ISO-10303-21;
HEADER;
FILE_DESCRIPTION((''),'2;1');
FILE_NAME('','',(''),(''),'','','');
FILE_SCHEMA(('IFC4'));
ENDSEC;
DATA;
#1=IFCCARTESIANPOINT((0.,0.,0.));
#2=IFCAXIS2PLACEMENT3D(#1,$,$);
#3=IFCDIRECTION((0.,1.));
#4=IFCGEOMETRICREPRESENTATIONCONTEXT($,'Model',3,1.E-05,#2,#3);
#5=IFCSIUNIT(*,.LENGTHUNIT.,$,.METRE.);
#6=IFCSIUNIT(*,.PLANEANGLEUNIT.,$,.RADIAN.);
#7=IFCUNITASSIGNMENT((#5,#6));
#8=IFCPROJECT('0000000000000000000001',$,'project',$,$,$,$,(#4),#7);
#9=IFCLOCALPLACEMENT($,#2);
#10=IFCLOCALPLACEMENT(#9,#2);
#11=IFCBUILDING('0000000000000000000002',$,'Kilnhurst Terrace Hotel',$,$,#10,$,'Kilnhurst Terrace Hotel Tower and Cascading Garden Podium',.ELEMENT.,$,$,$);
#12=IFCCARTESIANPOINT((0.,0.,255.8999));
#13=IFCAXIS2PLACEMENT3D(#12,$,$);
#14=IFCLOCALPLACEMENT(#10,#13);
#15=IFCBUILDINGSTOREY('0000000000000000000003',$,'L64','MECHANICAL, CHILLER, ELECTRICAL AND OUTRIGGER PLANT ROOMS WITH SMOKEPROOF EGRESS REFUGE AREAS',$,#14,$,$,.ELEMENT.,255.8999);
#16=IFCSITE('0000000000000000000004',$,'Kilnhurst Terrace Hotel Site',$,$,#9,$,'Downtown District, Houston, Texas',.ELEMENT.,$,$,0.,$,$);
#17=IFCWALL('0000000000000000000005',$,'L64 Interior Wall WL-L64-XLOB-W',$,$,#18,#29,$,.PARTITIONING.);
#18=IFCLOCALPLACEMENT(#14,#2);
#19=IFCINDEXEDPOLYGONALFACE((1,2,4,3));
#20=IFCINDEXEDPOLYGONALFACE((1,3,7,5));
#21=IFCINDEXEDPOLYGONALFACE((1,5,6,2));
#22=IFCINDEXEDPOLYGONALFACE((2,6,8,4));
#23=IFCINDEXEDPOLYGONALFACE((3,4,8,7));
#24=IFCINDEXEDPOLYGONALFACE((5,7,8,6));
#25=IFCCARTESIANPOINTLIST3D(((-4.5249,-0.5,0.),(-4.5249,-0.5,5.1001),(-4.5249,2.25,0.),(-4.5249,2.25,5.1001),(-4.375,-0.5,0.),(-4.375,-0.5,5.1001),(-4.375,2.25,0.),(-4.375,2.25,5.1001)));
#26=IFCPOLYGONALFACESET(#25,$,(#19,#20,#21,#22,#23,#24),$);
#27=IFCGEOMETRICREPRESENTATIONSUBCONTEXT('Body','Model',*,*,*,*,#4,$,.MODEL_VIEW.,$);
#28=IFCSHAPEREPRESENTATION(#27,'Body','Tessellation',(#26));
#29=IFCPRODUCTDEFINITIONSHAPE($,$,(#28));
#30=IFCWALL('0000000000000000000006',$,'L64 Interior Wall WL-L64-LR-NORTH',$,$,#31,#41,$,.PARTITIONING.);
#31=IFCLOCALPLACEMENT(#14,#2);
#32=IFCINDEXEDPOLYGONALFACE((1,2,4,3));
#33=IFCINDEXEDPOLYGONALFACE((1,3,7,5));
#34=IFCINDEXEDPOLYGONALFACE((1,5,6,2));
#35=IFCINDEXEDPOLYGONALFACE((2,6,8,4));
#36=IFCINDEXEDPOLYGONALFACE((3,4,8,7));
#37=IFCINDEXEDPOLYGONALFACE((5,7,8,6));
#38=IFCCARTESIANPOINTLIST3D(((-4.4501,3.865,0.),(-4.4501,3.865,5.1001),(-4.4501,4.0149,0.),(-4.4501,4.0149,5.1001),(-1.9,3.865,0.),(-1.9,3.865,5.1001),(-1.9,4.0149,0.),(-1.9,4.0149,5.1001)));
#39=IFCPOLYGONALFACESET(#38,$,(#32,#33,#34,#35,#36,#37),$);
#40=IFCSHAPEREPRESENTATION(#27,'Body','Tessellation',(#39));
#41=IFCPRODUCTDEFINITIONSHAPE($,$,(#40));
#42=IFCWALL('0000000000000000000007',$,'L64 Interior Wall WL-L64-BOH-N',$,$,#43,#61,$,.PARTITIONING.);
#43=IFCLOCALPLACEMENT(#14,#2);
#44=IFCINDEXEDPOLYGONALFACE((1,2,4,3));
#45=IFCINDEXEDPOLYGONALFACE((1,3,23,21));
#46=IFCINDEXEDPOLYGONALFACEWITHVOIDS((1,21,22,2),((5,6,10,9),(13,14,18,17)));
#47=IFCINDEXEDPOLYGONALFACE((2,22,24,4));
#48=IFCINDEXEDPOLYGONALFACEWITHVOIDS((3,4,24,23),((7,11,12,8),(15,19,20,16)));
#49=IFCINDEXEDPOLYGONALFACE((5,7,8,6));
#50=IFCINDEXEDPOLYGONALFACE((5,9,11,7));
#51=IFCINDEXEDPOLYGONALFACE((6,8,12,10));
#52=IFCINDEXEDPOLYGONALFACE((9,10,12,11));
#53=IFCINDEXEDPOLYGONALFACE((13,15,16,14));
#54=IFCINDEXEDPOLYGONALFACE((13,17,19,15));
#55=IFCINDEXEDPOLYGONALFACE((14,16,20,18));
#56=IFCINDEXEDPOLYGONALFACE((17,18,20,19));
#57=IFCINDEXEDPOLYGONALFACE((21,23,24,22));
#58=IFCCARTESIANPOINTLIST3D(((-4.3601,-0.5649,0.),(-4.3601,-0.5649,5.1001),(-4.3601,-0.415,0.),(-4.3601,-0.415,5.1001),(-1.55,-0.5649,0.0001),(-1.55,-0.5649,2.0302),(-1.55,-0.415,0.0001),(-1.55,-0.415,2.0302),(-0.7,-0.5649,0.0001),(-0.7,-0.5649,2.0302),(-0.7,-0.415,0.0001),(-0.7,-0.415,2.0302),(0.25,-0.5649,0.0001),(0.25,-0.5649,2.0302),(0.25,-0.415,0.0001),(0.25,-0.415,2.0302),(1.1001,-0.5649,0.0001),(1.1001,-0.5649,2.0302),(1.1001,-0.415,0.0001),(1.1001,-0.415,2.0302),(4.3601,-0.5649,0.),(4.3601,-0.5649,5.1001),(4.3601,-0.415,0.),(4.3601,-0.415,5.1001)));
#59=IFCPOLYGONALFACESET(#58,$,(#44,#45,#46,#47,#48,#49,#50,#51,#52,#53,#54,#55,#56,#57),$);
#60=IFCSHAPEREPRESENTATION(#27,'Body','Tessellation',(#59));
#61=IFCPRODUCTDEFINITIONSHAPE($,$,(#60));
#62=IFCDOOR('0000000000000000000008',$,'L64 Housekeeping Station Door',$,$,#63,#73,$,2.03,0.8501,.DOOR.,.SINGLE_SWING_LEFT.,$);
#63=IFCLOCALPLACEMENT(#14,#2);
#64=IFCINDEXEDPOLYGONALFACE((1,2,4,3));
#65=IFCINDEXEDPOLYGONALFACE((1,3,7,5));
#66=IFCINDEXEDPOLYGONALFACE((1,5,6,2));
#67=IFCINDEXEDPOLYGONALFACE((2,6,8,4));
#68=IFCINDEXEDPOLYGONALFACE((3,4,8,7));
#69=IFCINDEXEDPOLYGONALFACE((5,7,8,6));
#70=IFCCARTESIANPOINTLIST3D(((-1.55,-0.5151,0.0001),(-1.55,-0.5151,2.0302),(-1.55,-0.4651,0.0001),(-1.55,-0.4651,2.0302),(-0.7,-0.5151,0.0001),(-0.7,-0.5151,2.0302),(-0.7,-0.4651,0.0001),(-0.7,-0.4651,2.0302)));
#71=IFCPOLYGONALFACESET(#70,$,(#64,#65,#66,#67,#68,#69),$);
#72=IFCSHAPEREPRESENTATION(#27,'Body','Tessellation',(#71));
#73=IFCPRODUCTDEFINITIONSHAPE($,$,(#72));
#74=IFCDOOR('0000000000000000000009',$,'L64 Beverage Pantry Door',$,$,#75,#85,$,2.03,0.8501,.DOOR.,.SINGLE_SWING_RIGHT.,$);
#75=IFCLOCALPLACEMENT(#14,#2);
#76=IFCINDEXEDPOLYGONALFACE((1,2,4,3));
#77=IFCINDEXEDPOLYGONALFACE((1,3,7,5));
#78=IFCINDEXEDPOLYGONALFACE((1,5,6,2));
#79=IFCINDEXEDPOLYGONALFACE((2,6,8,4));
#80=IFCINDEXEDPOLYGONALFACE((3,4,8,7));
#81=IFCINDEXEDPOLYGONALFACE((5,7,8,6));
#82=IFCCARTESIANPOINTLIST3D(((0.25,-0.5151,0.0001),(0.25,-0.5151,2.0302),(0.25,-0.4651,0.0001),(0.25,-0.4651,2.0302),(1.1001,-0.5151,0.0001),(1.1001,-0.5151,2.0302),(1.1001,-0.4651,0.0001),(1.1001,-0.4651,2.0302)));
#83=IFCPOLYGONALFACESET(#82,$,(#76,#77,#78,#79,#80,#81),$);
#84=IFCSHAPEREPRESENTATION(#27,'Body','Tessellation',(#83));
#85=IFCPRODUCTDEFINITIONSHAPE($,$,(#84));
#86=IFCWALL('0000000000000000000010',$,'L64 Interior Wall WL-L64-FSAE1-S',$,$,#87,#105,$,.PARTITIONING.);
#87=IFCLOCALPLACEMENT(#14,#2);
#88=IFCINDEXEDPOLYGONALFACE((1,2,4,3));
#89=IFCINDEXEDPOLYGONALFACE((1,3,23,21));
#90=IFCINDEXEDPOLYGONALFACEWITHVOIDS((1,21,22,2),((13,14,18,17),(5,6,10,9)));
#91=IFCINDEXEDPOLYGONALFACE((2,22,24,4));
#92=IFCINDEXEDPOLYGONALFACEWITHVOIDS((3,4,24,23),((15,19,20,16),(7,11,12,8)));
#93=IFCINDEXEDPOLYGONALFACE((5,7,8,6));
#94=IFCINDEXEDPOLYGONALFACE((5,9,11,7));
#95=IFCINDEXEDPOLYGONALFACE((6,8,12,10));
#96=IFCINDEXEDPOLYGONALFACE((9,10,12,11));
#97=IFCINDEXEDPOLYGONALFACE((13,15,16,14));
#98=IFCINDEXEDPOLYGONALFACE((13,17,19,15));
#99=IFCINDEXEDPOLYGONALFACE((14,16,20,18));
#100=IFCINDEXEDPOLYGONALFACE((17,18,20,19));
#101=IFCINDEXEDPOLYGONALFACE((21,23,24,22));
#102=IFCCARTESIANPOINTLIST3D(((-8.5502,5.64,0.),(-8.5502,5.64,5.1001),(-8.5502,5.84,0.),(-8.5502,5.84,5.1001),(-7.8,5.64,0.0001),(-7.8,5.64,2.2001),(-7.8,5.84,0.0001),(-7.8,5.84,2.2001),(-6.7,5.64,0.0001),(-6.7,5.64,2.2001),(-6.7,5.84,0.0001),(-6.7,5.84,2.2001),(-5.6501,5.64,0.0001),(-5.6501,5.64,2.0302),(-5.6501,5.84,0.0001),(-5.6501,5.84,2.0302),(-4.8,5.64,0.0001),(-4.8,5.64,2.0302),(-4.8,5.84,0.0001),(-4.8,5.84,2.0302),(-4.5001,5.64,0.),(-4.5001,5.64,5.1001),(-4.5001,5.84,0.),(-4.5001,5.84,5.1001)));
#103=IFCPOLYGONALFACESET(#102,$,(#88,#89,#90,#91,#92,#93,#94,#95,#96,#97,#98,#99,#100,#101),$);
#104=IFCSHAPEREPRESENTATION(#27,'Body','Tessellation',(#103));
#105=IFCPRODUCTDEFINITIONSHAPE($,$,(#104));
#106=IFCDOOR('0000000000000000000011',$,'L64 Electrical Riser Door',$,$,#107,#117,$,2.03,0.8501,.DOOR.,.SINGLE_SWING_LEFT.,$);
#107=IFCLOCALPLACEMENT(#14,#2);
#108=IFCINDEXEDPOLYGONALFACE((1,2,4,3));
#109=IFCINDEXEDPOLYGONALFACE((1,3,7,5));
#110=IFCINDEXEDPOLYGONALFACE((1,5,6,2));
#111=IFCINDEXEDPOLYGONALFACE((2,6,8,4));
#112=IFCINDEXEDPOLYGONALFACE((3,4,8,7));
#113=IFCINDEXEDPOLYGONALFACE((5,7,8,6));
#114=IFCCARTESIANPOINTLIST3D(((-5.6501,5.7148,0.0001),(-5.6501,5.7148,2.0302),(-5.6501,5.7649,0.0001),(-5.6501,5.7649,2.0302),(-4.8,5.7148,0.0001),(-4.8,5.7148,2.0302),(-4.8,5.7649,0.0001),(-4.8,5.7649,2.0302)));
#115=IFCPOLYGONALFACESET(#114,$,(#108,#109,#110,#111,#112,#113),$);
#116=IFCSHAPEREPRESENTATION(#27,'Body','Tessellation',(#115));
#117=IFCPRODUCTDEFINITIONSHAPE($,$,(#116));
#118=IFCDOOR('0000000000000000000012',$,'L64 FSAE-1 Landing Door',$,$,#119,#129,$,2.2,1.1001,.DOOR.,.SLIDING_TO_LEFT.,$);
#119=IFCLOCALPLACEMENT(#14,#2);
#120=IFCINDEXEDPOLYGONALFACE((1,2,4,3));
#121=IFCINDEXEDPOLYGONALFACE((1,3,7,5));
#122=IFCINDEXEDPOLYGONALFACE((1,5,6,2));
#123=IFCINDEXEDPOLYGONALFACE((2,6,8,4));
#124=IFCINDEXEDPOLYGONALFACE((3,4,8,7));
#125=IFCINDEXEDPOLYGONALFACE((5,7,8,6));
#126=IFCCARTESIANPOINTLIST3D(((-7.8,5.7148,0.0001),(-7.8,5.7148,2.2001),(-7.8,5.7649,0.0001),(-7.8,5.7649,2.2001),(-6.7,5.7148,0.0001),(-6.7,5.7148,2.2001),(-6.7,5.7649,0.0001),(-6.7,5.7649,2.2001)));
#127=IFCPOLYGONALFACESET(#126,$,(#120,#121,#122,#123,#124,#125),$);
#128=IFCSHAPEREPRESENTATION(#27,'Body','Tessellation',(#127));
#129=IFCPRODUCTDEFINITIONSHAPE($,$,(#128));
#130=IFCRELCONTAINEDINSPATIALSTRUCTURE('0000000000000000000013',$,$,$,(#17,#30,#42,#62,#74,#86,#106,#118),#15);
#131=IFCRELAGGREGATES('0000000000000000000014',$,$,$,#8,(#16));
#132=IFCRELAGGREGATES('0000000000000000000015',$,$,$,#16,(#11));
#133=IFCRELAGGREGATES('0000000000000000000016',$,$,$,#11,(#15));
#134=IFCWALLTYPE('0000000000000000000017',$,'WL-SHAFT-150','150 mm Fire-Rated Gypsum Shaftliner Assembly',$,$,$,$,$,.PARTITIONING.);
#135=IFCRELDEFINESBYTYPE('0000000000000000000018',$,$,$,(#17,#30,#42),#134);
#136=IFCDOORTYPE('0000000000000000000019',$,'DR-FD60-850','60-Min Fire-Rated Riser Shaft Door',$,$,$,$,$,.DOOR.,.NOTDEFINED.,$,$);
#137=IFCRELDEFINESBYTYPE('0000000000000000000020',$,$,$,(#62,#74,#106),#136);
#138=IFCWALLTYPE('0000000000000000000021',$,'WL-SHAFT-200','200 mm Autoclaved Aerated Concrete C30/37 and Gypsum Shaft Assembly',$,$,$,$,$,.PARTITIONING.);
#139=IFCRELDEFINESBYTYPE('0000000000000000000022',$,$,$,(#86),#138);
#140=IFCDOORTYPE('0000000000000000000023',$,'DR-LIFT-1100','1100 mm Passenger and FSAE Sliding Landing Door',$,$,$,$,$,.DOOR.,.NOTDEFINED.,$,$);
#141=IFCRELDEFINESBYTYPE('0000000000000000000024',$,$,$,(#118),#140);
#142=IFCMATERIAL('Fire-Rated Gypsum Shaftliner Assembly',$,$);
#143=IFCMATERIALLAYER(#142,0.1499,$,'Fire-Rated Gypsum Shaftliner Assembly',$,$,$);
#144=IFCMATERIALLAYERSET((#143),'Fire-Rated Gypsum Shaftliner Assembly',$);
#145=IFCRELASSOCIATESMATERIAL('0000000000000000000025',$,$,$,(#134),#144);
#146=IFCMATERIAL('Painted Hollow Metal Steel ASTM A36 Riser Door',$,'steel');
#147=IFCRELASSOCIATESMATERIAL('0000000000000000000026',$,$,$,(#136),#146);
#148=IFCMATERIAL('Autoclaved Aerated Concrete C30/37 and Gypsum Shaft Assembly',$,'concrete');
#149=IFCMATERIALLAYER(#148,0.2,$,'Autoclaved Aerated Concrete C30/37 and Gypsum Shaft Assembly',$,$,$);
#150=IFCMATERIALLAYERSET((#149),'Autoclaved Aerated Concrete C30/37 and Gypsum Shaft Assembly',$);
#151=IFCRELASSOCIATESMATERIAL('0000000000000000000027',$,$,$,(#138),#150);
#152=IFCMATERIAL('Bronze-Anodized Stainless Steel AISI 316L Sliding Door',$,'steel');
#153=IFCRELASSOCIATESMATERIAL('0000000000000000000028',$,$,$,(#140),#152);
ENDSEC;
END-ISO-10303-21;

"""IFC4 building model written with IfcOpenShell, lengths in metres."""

from ifc_helpers import new_model, si_unit, direction, frame, frame_2d, origin, place, context, subcontext, project, spatial, rectangle, extrude, material, layer, layer_set, type_object, element, fill, save


model = new_model("IFC4")

# Units and contexts
model_context = context("Model", 3, precision=1e-05, world=origin(), true_north=direction((0.0, 1.0)))
body_context = subcontext(model_context, "Body", "Model", "MODEL_VIEW")
ifc_project = project(units=[si_unit("LENGTHUNIT", "METRE"), si_unit("PLANEANGLEUNIT", "RADIAN")], contexts=[model_context])

# Site, building, storey
site_placement = place(None, origin())
site = spatial("IfcSite", under=ifc_project, at=site_placement, Name="Kilnhurst Terrace Hotel Site", LongName="Downtown District, Houston, Texas", CompositionType="ELEMENT", RefElevation=0.0)
building_placement = place(site_placement, origin())
building = spatial("IfcBuilding", under=site, at=building_placement, Name="Kilnhurst Terrace Hotel", LongName="Kilnhurst Terrace Hotel Tower and Cascading Garden Podium", CompositionType="ELEMENT")
storey_placement = place(building_placement, frame((0.0, 0.0, 255.8999)))
storey = spatial("IfcBuildingStorey", under=building, at=storey_placement, Name="L64", Description="MECHANICAL, CHILLER, ELECTRICAL AND OUTRIGGER PLANT ROOMS WITH SMOKEPROOF EGRESS REFUGE AREAS", CompositionType="ELEMENT", Elevation=255.8999)

# Walls
ifc_material_1 = material(Name="Fire-Rated Gypsum Shaftliner Assembly")
ifc_layer_1 = layer(ifc_material_1, 0.1499, Name="Fire-Rated Gypsum Shaftliner Assembly")
ifc_layer_set_1 = layer_set([ifc_layer_1], Name="Fire-Rated Gypsum Shaftliner Assembly")
wall_type_1 = type_object("IfcWallType", Name="WL-SHAFT-150", Description="150 mm Fire-Rated Gypsum Shaftliner Assembly", PredefinedType="PARTITIONING", material=ifc_layer_set_1)
wall_1_placement = place(storey_placement, frame((-4.45, -0.5, 0.0), z_axis=(0.0, 0.0, 1.0), x_axis=(0.0, 1.0, 0.0)))
element("IfcWall", 1, at=wall_1_placement, inside=storey, type_object=wall_type_1, Name="L64 Interior Wall WL-L64-XLOB-W", PredefinedType="PARTITIONING", context=body_context, shape_type="SweptSolid", body=[
    extrude(rectangle(XDim=2.75, YDim=0.1499, at=frame_2d((1.375, 0.0))), origin(), (0.0, 0.0, 1.0), 5.1001),
])
wall_2_placement = place(storey_placement, frame((-4.45, 3.9399, 0.0), z_axis=(0.0, 0.0, 1.0), x_axis=(1.0, 0.0, 0.0)))
element("IfcWall", 2, at=wall_2_placement, inside=storey, type_object=wall_type_1, Name="L64 Interior Wall WL-L64-LR-NORTH", PredefinedType="PARTITIONING", context=body_context, shape_type="SweptSolid", body=[
    extrude(rectangle(XDim=2.55, YDim=0.1499, at=frame_2d((1.2749, 0.0))), origin(), (0.0, 0.0, 1.0), 5.1001),
])

# Walls, openings, doors
wall_3_placement = place(storey_placement, frame((-4.3601, -0.49, 0.0), z_axis=(0.0, 0.0, 1.0), x_axis=(1.0, 0.0, 0.0)))
wall_3 = element("IfcWall", 3, at=wall_3_placement, inside=storey, type_object=wall_type_1, Name="L64 Interior Wall WL-L64-BOH-N", PredefinedType="PARTITIONING", context=body_context, shape_type="SweptSolid", body=[
    extrude(rectangle(XDim=8.7202, YDim=0.1499, at=frame_2d((4.3601, 0.0))), origin(), (0.0, 0.0, 1.0), 5.1001),
])
opening_1_placement = place(wall_3_placement, frame((2.8101, 0.0, 0.0)))
opening_1 = element("IfcOpeningElement", 4, at=opening_1_placement, cuts=wall_3, PredefinedType="OPENING", context=body_context, shape_type="SweptSolid", body=[
    extrude(rectangle(XDim=0.8501, YDim=2.03, at=frame_2d((0.425, 1.0151))), frame((0.0, 0.085, 0.0), z_axis=(0.0, -1.0, 0.0), x_axis=(1.0, 0.0, 0.0)), (0.0, 0.0, 1.0), 0.1699),
])
opening_2_placement = place(wall_3_placement, frame((4.6101, 0.0, 0.0)))
opening_2 = element("IfcOpeningElement", 5, at=opening_2_placement, cuts=wall_3, PredefinedType="OPENING", context=body_context, shape_type="SweptSolid", body=[
    extrude(rectangle(XDim=0.8501, YDim=2.03, at=frame_2d((0.425, 1.0151))), frame((0.0, 0.085, 0.0), z_axis=(0.0, -1.0, 0.0), x_axis=(1.0, 0.0, 0.0)), (0.0, 0.0, 1.0), 0.1699),
])
ifc_material_2 = material(Name="Painted Hollow Metal Steel ASTM A36 Riser Door", Category="steel")
door_type_1 = type_object("IfcDoorType", Name="DR-FD60-850", Description="60-Min Fire-Rated Riser Shaft Door", OperationType="NOTDEFINED", PredefinedType="DOOR", material=ifc_material_2)
door_1_placement = place(opening_1_placement, origin())
door_1 = element("IfcDoor", 6, at=door_1_placement, inside=storey, type_object=door_type_1, Name="L64 Housekeeping Station Door", OperationType="SINGLE_SWING_LEFT", OverallHeight=2.03, OverallWidth=0.8501, PredefinedType="DOOR", context=body_context, shape_type="SweptSolid", body=[
    extrude(rectangle(XDim=0.8501, YDim=2.03, at=frame_2d((0.425, 1.0151))), frame((0.0, 0.0249, 0.0), z_axis=(0.0, -1.0, 0.0), x_axis=(1.0, 0.0, 0.0)), (0.0, 0.0, 1.0), 0.05),
])
fill(opening_1, door_1)
door_2_placement = place(opening_2_placement, origin())
door_2 = element("IfcDoor", 7, at=door_2_placement, inside=storey, type_object=door_type_1, Name="L64 Beverage Pantry Door", OperationType="SINGLE_SWING_RIGHT", OverallHeight=2.03, OverallWidth=0.8501, PredefinedType="DOOR", context=body_context, shape_type="SweptSolid", body=[
    extrude(rectangle(XDim=0.8501, YDim=2.03, at=frame_2d((0.425, 1.0151))), frame((0.0, 0.0249, 0.0), z_axis=(0.0, -1.0, 0.0), x_axis=(1.0, 0.0, 0.0)), (0.0, 0.0, 1.0), 0.05),
])
fill(opening_2, door_2)
ifc_material_3 = material(Name="Autoclaved Aerated Concrete C30/37 and Gypsum Shaft Assembly", Category="concrete")
ifc_layer_2 = layer(ifc_material_3, 0.2, Name="Autoclaved Aerated Concrete C30/37 and Gypsum Shaft Assembly")
ifc_layer_set_2 = layer_set([ifc_layer_2], Name="Autoclaved Aerated Concrete C30/37 and Gypsum Shaft Assembly")
wall_type_2 = type_object("IfcWallType", Name="WL-SHAFT-200", Description="200 mm Autoclaved Aerated Concrete C30/37 and Gypsum Shaft Assembly", PredefinedType="PARTITIONING", material=ifc_layer_set_2)
wall_4_placement = place(storey_placement, frame((-8.55, 5.74, 0.0), z_axis=(0.0, 0.0, 1.0), x_axis=(1.0, 0.0, 0.0)))
wall_4 = element("IfcWall", 8, at=wall_4_placement, inside=storey, type_object=wall_type_2, Name="L64 Interior Wall WL-L64-FSAE1-S", PredefinedType="PARTITIONING", context=body_context, shape_type="SweptSolid", body=[
    extrude(rectangle(XDim=4.05, YDim=0.2, at=frame_2d((2.0249, 0.0))), origin(), (0.0, 0.0, 1.0), 5.1001),
])
opening_3_placement = place(wall_4_placement, frame((0.75, 0.0, 0.0)))
opening_3 = element("IfcOpeningElement", 9, at=opening_3_placement, cuts=wall_4, PredefinedType="OPENING", context=body_context, shape_type="SweptSolid", body=[
    extrude(rectangle(XDim=1.1001, YDim=2.2, at=frame_2d((0.55, 1.1001))), frame((0.0, 0.1099, 0.0), z_axis=(0.0, -1.0, 0.0), x_axis=(1.0, 0.0, 0.0)), (0.0, 0.0, 1.0), 0.22),
])
opening_4_placement = place(wall_4_placement, frame((2.8999, 0.0, 0.0)))
opening_4 = element("IfcOpeningElement", 10, at=opening_4_placement, cuts=wall_4, PredefinedType="OPENING", context=body_context, shape_type="SweptSolid", body=[
    extrude(rectangle(XDim=0.8501, YDim=2.03, at=frame_2d((0.425, 1.0151))), frame((0.0, 0.1099, 0.0), z_axis=(0.0, -1.0, 0.0), x_axis=(1.0, 0.0, 0.0)), (0.0, 0.0, 1.0), 0.22),
])
door_3_placement = place(opening_4_placement, origin())
door_3 = element("IfcDoor", 11, at=door_3_placement, inside=storey, type_object=door_type_1, Name="L64 Electrical Riser Door", OperationType="SINGLE_SWING_LEFT", OverallHeight=2.03, OverallWidth=0.8501, PredefinedType="DOOR", context=body_context, shape_type="SweptSolid", body=[
    extrude(rectangle(XDim=0.8501, YDim=2.03, at=frame_2d((0.425, 1.0151))), frame((0.0, 0.0249, 0.0), z_axis=(0.0, -1.0, 0.0), x_axis=(1.0, 0.0, 0.0)), (0.0, 0.0, 1.0), 0.05),
])
fill(opening_4, door_3)
ifc_material_4 = material(Name="Bronze-Anodized Stainless Steel AISI 316L Sliding Door", Category="steel")
door_type_2 = type_object("IfcDoorType", Name="DR-LIFT-1100", Description="1100 mm Passenger and FSAE Sliding Landing Door", OperationType="NOTDEFINED", PredefinedType="DOOR", material=ifc_material_4)
door_4_placement = place(opening_3_placement, origin())
door_4 = element("IfcDoor", 12, at=door_4_placement, inside=storey, type_object=door_type_2, Name="L64 FSAE-1 Landing Door", OperationType="SLIDING_TO_LEFT", OverallHeight=2.2, OverallWidth=1.1001, PredefinedType="DOOR", context=body_context, shape_type="SweptSolid", body=[
    extrude(rectangle(XDim=1.1001, YDim=2.2, at=frame_2d((0.55, 1.1001))), frame((0.0, 0.0249, 0.0), z_axis=(0.0, -1.0, 0.0), x_axis=(1.0, 0.0, 0.0)), (0.0, 0.0, 1.0), 0.05),
])
fill(opening_3, door_4)

save(model, "model.ifc")
